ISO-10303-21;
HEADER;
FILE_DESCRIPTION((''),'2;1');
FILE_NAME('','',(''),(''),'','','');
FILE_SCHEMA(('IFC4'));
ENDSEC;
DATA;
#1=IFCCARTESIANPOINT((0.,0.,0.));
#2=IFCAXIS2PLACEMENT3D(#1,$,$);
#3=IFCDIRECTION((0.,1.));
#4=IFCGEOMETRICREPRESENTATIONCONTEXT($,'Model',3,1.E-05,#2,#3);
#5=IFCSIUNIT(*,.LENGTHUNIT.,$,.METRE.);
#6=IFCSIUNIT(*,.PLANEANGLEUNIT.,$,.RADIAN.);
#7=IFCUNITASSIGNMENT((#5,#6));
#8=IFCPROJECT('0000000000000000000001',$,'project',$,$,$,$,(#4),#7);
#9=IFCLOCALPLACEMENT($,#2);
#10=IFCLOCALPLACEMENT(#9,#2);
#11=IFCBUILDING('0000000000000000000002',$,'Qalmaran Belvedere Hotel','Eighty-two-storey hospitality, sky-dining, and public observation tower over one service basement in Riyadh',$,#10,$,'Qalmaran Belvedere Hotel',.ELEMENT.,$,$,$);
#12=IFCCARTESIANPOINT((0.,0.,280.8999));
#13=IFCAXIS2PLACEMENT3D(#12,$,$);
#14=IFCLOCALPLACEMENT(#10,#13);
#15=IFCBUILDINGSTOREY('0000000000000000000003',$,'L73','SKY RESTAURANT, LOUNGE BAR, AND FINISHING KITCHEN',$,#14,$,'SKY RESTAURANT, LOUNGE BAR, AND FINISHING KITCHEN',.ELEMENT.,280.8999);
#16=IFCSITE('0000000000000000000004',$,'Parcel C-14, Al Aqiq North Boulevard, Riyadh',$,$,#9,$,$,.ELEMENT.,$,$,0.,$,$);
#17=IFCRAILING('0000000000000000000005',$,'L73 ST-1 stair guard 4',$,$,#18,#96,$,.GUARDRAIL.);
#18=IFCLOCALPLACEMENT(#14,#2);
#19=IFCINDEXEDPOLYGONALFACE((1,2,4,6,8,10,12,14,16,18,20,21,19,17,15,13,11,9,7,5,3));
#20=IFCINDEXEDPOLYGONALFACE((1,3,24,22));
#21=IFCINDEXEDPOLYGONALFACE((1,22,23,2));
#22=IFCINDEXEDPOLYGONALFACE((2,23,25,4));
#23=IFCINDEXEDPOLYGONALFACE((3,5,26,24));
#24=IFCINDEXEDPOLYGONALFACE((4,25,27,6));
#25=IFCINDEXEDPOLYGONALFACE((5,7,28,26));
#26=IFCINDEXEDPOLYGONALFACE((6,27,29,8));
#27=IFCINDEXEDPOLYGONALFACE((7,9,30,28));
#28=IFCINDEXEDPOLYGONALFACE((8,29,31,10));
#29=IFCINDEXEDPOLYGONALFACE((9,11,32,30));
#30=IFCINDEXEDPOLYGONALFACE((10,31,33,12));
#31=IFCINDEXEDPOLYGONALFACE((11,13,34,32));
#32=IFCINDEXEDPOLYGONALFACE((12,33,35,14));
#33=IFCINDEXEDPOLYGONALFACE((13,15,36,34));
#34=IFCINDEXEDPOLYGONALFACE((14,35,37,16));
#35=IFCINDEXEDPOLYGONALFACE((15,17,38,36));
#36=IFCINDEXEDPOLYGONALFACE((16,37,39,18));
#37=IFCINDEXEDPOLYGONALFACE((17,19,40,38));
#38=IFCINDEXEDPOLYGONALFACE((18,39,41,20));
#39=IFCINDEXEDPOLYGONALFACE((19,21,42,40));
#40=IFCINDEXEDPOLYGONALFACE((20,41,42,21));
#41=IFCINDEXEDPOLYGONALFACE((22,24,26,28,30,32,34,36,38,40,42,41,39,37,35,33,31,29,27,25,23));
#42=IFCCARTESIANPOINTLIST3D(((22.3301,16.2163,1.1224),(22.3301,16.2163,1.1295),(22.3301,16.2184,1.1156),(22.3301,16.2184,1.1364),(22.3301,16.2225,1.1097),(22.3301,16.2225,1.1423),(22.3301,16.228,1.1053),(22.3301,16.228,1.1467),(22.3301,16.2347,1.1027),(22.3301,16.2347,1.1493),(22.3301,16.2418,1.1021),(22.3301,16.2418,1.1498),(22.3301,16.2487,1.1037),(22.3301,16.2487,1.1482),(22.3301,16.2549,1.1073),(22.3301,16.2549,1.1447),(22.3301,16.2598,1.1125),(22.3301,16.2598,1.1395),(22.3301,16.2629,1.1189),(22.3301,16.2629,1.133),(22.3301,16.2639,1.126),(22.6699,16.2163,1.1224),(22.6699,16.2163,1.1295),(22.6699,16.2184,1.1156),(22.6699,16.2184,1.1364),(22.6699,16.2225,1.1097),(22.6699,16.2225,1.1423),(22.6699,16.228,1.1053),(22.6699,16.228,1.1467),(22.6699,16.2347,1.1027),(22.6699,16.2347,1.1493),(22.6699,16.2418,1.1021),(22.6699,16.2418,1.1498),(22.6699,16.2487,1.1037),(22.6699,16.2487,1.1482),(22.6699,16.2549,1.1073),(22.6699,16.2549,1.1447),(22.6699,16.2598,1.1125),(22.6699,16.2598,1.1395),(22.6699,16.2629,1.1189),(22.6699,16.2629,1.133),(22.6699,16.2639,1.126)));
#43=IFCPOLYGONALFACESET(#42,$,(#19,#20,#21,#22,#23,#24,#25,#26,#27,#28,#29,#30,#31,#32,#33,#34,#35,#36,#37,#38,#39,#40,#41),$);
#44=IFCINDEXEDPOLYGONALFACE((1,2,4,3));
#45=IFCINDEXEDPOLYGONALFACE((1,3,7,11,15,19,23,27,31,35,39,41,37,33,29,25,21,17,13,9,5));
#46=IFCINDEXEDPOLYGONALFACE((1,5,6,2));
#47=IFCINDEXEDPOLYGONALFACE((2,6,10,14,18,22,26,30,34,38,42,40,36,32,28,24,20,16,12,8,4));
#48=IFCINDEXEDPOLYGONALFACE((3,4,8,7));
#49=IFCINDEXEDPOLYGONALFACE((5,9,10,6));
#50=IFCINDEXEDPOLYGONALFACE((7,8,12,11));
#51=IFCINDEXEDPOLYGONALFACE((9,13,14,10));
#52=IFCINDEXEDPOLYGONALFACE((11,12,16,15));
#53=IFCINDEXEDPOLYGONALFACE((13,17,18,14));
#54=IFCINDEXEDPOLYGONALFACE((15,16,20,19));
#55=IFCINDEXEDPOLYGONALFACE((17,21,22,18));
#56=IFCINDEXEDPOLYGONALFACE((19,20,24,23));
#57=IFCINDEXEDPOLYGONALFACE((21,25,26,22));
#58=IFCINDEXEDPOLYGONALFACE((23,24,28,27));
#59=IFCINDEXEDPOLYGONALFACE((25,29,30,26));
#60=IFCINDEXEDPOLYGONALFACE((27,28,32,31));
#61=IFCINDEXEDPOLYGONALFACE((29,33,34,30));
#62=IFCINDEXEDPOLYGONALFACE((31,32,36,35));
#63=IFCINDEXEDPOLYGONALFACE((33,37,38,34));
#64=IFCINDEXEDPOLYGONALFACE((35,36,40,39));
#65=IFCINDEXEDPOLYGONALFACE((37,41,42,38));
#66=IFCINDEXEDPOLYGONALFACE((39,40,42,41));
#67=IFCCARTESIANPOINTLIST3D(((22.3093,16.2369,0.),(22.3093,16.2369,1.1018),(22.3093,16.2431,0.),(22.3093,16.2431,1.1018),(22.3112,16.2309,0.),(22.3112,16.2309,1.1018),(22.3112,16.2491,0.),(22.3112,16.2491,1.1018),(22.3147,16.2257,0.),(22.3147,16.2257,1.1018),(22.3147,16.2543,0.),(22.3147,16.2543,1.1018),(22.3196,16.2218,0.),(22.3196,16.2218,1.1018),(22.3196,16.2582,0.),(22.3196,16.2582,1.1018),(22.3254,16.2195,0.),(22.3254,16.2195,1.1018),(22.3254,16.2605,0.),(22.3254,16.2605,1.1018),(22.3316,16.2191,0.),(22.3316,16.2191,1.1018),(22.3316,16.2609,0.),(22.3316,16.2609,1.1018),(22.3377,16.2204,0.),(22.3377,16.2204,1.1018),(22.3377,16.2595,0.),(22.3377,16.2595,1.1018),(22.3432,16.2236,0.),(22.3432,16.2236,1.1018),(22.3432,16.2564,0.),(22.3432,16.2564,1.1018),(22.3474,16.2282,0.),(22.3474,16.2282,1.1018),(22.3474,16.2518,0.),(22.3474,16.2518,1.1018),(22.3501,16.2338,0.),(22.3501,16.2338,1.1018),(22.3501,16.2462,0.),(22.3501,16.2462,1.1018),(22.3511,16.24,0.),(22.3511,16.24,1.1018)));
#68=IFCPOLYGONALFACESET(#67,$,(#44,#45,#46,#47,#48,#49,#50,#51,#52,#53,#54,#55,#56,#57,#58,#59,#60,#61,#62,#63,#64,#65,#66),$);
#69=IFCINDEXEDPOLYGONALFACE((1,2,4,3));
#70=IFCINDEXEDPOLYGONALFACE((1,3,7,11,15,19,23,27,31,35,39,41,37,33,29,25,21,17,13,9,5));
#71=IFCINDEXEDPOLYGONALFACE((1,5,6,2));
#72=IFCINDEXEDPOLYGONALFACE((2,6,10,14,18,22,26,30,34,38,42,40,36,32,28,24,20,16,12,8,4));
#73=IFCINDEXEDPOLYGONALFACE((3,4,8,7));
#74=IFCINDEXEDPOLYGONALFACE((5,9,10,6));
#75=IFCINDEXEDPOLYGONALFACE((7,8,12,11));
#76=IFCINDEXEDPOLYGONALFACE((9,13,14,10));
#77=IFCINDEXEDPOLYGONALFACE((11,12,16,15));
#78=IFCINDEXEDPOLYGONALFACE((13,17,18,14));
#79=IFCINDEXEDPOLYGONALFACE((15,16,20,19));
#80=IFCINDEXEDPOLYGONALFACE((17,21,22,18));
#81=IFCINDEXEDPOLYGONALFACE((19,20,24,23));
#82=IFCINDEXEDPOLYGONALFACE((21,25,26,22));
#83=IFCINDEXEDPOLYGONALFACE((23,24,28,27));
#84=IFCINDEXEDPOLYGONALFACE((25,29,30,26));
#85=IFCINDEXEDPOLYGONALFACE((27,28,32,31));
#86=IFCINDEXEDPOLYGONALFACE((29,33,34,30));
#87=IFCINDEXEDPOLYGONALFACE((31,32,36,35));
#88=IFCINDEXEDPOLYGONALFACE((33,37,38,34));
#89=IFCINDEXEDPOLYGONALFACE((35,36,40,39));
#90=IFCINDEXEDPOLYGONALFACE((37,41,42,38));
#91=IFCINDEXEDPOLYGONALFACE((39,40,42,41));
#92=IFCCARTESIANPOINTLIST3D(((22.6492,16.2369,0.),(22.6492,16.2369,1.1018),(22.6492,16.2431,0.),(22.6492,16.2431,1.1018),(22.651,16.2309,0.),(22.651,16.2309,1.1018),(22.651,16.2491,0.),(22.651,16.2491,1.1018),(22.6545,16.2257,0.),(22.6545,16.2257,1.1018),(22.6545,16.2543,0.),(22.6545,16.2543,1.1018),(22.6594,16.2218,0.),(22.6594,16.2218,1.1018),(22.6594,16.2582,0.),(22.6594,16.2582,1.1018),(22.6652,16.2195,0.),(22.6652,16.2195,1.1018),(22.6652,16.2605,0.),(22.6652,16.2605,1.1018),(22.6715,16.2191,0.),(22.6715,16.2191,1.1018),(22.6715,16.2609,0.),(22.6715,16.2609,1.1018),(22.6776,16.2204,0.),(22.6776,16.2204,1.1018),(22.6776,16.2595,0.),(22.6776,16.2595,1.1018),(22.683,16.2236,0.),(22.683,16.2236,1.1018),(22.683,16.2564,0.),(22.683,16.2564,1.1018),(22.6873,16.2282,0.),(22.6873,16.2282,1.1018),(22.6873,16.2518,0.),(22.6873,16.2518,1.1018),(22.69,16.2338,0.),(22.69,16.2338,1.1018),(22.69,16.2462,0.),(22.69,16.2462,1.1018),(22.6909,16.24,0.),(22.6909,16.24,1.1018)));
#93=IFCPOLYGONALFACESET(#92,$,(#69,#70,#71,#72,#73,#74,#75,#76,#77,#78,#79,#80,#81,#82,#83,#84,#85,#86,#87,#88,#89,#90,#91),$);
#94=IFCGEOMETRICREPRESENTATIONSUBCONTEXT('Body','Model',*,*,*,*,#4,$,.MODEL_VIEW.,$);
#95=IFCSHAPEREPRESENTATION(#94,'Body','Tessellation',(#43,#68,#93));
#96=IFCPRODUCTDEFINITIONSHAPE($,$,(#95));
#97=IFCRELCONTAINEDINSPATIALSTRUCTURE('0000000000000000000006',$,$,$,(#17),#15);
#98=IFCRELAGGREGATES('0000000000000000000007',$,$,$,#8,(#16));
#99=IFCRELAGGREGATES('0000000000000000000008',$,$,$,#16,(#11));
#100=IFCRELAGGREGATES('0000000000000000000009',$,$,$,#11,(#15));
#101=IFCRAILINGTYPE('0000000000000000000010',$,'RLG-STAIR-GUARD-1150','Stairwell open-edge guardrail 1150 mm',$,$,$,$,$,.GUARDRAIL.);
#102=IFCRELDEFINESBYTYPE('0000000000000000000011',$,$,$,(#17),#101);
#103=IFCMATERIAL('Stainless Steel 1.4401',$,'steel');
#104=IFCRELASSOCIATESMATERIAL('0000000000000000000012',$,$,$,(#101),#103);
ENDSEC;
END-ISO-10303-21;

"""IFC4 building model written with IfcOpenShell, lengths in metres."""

from ifc_helpers import new_model, si_unit, direction, frame, origin, origin_2d, place, context, subcontext, project, spatial, circle, extrude, material, type_object, element, save


model = new_model("IFC4")

# Units and contexts
model_context = context("Model", 3, precision=1e-05, world=origin(), true_north=direction((0.0, 1.0)))
body_context = subcontext(model_context, "Body", "Model", "MODEL_VIEW")
ifc_project = project(units=[si_unit("LENGTHUNIT", "METRE"), si_unit("PLANEANGLEUNIT", "RADIAN")], contexts=[model_context])

# Site, building, storey
site_placement = place(None, origin())
site = spatial("IfcSite", under=ifc_project, at=site_placement, Name="Parcel C-14, Al Aqiq North Boulevard, Riyadh", CompositionType="ELEMENT", RefElevation=0.0)
building_placement = place(site_placement, origin())
building = spatial("IfcBuilding", under=site, at=building_placement, Name="Qalmaran Belvedere Hotel", Description="Eighty-two-storey hospitality, sky-dining, and public observation tower over one service basement in Riyadh", LongName="Qalmaran Belvedere Hotel", CompositionType="ELEMENT")
storey_placement = place(building_placement, frame((0.0, 0.0, 280.8999)))
storey = spatial("IfcBuildingStorey", under=building, at=storey_placement, Name="L73", Description="SKY RESTAURANT, LOUNGE BAR, AND FINISHING KITCHEN", LongName="SKY RESTAURANT, LOUNGE BAR, AND FINISHING KITCHEN", CompositionType="ELEMENT", Elevation=280.8999)

# Shared definitions
ifc_material_1 = material(Name="Stainless Steel 1.4401", Category="steel")

# Railing
railing_type = type_object("IfcRailingType", Name="RLG-STAIR-GUARD-1150", Description="Stairwell open-edge guardrail 1150 mm", PredefinedType="GUARDRAIL", material=ifc_material_1)
railing_placement = place(storey_placement, frame((22.3301, 16.24, 0.0)))
element("IfcRailing", 1, at=railing_placement, inside=storey, type_object=railing_type, Name="L73 ST-1 stair guard 4", PredefinedType="GUARDRAIL", context=body_context, shape_type="SweptSolid", body=[
    extrude(circle(Radius=0.0239, at=origin_2d()), frame((0.0, 0.0, 1.126), z_axis=(1.0, 0.0, 0.0), x_axis=(0.0, 1.0, 0.0)), (0.0, 0.0, 1.0), 0.3398),
    extrude(circle(Radius=0.021, at=origin_2d()), origin(), (0.0, 0.0, 1.0), 1.1018),
    extrude(circle(Radius=0.021, at=origin_2d()), frame((0.3398, 0.0, 0.0)), (0.0, 0.0, 1.0), 1.1018),
])

save(model, "model.ifc")
